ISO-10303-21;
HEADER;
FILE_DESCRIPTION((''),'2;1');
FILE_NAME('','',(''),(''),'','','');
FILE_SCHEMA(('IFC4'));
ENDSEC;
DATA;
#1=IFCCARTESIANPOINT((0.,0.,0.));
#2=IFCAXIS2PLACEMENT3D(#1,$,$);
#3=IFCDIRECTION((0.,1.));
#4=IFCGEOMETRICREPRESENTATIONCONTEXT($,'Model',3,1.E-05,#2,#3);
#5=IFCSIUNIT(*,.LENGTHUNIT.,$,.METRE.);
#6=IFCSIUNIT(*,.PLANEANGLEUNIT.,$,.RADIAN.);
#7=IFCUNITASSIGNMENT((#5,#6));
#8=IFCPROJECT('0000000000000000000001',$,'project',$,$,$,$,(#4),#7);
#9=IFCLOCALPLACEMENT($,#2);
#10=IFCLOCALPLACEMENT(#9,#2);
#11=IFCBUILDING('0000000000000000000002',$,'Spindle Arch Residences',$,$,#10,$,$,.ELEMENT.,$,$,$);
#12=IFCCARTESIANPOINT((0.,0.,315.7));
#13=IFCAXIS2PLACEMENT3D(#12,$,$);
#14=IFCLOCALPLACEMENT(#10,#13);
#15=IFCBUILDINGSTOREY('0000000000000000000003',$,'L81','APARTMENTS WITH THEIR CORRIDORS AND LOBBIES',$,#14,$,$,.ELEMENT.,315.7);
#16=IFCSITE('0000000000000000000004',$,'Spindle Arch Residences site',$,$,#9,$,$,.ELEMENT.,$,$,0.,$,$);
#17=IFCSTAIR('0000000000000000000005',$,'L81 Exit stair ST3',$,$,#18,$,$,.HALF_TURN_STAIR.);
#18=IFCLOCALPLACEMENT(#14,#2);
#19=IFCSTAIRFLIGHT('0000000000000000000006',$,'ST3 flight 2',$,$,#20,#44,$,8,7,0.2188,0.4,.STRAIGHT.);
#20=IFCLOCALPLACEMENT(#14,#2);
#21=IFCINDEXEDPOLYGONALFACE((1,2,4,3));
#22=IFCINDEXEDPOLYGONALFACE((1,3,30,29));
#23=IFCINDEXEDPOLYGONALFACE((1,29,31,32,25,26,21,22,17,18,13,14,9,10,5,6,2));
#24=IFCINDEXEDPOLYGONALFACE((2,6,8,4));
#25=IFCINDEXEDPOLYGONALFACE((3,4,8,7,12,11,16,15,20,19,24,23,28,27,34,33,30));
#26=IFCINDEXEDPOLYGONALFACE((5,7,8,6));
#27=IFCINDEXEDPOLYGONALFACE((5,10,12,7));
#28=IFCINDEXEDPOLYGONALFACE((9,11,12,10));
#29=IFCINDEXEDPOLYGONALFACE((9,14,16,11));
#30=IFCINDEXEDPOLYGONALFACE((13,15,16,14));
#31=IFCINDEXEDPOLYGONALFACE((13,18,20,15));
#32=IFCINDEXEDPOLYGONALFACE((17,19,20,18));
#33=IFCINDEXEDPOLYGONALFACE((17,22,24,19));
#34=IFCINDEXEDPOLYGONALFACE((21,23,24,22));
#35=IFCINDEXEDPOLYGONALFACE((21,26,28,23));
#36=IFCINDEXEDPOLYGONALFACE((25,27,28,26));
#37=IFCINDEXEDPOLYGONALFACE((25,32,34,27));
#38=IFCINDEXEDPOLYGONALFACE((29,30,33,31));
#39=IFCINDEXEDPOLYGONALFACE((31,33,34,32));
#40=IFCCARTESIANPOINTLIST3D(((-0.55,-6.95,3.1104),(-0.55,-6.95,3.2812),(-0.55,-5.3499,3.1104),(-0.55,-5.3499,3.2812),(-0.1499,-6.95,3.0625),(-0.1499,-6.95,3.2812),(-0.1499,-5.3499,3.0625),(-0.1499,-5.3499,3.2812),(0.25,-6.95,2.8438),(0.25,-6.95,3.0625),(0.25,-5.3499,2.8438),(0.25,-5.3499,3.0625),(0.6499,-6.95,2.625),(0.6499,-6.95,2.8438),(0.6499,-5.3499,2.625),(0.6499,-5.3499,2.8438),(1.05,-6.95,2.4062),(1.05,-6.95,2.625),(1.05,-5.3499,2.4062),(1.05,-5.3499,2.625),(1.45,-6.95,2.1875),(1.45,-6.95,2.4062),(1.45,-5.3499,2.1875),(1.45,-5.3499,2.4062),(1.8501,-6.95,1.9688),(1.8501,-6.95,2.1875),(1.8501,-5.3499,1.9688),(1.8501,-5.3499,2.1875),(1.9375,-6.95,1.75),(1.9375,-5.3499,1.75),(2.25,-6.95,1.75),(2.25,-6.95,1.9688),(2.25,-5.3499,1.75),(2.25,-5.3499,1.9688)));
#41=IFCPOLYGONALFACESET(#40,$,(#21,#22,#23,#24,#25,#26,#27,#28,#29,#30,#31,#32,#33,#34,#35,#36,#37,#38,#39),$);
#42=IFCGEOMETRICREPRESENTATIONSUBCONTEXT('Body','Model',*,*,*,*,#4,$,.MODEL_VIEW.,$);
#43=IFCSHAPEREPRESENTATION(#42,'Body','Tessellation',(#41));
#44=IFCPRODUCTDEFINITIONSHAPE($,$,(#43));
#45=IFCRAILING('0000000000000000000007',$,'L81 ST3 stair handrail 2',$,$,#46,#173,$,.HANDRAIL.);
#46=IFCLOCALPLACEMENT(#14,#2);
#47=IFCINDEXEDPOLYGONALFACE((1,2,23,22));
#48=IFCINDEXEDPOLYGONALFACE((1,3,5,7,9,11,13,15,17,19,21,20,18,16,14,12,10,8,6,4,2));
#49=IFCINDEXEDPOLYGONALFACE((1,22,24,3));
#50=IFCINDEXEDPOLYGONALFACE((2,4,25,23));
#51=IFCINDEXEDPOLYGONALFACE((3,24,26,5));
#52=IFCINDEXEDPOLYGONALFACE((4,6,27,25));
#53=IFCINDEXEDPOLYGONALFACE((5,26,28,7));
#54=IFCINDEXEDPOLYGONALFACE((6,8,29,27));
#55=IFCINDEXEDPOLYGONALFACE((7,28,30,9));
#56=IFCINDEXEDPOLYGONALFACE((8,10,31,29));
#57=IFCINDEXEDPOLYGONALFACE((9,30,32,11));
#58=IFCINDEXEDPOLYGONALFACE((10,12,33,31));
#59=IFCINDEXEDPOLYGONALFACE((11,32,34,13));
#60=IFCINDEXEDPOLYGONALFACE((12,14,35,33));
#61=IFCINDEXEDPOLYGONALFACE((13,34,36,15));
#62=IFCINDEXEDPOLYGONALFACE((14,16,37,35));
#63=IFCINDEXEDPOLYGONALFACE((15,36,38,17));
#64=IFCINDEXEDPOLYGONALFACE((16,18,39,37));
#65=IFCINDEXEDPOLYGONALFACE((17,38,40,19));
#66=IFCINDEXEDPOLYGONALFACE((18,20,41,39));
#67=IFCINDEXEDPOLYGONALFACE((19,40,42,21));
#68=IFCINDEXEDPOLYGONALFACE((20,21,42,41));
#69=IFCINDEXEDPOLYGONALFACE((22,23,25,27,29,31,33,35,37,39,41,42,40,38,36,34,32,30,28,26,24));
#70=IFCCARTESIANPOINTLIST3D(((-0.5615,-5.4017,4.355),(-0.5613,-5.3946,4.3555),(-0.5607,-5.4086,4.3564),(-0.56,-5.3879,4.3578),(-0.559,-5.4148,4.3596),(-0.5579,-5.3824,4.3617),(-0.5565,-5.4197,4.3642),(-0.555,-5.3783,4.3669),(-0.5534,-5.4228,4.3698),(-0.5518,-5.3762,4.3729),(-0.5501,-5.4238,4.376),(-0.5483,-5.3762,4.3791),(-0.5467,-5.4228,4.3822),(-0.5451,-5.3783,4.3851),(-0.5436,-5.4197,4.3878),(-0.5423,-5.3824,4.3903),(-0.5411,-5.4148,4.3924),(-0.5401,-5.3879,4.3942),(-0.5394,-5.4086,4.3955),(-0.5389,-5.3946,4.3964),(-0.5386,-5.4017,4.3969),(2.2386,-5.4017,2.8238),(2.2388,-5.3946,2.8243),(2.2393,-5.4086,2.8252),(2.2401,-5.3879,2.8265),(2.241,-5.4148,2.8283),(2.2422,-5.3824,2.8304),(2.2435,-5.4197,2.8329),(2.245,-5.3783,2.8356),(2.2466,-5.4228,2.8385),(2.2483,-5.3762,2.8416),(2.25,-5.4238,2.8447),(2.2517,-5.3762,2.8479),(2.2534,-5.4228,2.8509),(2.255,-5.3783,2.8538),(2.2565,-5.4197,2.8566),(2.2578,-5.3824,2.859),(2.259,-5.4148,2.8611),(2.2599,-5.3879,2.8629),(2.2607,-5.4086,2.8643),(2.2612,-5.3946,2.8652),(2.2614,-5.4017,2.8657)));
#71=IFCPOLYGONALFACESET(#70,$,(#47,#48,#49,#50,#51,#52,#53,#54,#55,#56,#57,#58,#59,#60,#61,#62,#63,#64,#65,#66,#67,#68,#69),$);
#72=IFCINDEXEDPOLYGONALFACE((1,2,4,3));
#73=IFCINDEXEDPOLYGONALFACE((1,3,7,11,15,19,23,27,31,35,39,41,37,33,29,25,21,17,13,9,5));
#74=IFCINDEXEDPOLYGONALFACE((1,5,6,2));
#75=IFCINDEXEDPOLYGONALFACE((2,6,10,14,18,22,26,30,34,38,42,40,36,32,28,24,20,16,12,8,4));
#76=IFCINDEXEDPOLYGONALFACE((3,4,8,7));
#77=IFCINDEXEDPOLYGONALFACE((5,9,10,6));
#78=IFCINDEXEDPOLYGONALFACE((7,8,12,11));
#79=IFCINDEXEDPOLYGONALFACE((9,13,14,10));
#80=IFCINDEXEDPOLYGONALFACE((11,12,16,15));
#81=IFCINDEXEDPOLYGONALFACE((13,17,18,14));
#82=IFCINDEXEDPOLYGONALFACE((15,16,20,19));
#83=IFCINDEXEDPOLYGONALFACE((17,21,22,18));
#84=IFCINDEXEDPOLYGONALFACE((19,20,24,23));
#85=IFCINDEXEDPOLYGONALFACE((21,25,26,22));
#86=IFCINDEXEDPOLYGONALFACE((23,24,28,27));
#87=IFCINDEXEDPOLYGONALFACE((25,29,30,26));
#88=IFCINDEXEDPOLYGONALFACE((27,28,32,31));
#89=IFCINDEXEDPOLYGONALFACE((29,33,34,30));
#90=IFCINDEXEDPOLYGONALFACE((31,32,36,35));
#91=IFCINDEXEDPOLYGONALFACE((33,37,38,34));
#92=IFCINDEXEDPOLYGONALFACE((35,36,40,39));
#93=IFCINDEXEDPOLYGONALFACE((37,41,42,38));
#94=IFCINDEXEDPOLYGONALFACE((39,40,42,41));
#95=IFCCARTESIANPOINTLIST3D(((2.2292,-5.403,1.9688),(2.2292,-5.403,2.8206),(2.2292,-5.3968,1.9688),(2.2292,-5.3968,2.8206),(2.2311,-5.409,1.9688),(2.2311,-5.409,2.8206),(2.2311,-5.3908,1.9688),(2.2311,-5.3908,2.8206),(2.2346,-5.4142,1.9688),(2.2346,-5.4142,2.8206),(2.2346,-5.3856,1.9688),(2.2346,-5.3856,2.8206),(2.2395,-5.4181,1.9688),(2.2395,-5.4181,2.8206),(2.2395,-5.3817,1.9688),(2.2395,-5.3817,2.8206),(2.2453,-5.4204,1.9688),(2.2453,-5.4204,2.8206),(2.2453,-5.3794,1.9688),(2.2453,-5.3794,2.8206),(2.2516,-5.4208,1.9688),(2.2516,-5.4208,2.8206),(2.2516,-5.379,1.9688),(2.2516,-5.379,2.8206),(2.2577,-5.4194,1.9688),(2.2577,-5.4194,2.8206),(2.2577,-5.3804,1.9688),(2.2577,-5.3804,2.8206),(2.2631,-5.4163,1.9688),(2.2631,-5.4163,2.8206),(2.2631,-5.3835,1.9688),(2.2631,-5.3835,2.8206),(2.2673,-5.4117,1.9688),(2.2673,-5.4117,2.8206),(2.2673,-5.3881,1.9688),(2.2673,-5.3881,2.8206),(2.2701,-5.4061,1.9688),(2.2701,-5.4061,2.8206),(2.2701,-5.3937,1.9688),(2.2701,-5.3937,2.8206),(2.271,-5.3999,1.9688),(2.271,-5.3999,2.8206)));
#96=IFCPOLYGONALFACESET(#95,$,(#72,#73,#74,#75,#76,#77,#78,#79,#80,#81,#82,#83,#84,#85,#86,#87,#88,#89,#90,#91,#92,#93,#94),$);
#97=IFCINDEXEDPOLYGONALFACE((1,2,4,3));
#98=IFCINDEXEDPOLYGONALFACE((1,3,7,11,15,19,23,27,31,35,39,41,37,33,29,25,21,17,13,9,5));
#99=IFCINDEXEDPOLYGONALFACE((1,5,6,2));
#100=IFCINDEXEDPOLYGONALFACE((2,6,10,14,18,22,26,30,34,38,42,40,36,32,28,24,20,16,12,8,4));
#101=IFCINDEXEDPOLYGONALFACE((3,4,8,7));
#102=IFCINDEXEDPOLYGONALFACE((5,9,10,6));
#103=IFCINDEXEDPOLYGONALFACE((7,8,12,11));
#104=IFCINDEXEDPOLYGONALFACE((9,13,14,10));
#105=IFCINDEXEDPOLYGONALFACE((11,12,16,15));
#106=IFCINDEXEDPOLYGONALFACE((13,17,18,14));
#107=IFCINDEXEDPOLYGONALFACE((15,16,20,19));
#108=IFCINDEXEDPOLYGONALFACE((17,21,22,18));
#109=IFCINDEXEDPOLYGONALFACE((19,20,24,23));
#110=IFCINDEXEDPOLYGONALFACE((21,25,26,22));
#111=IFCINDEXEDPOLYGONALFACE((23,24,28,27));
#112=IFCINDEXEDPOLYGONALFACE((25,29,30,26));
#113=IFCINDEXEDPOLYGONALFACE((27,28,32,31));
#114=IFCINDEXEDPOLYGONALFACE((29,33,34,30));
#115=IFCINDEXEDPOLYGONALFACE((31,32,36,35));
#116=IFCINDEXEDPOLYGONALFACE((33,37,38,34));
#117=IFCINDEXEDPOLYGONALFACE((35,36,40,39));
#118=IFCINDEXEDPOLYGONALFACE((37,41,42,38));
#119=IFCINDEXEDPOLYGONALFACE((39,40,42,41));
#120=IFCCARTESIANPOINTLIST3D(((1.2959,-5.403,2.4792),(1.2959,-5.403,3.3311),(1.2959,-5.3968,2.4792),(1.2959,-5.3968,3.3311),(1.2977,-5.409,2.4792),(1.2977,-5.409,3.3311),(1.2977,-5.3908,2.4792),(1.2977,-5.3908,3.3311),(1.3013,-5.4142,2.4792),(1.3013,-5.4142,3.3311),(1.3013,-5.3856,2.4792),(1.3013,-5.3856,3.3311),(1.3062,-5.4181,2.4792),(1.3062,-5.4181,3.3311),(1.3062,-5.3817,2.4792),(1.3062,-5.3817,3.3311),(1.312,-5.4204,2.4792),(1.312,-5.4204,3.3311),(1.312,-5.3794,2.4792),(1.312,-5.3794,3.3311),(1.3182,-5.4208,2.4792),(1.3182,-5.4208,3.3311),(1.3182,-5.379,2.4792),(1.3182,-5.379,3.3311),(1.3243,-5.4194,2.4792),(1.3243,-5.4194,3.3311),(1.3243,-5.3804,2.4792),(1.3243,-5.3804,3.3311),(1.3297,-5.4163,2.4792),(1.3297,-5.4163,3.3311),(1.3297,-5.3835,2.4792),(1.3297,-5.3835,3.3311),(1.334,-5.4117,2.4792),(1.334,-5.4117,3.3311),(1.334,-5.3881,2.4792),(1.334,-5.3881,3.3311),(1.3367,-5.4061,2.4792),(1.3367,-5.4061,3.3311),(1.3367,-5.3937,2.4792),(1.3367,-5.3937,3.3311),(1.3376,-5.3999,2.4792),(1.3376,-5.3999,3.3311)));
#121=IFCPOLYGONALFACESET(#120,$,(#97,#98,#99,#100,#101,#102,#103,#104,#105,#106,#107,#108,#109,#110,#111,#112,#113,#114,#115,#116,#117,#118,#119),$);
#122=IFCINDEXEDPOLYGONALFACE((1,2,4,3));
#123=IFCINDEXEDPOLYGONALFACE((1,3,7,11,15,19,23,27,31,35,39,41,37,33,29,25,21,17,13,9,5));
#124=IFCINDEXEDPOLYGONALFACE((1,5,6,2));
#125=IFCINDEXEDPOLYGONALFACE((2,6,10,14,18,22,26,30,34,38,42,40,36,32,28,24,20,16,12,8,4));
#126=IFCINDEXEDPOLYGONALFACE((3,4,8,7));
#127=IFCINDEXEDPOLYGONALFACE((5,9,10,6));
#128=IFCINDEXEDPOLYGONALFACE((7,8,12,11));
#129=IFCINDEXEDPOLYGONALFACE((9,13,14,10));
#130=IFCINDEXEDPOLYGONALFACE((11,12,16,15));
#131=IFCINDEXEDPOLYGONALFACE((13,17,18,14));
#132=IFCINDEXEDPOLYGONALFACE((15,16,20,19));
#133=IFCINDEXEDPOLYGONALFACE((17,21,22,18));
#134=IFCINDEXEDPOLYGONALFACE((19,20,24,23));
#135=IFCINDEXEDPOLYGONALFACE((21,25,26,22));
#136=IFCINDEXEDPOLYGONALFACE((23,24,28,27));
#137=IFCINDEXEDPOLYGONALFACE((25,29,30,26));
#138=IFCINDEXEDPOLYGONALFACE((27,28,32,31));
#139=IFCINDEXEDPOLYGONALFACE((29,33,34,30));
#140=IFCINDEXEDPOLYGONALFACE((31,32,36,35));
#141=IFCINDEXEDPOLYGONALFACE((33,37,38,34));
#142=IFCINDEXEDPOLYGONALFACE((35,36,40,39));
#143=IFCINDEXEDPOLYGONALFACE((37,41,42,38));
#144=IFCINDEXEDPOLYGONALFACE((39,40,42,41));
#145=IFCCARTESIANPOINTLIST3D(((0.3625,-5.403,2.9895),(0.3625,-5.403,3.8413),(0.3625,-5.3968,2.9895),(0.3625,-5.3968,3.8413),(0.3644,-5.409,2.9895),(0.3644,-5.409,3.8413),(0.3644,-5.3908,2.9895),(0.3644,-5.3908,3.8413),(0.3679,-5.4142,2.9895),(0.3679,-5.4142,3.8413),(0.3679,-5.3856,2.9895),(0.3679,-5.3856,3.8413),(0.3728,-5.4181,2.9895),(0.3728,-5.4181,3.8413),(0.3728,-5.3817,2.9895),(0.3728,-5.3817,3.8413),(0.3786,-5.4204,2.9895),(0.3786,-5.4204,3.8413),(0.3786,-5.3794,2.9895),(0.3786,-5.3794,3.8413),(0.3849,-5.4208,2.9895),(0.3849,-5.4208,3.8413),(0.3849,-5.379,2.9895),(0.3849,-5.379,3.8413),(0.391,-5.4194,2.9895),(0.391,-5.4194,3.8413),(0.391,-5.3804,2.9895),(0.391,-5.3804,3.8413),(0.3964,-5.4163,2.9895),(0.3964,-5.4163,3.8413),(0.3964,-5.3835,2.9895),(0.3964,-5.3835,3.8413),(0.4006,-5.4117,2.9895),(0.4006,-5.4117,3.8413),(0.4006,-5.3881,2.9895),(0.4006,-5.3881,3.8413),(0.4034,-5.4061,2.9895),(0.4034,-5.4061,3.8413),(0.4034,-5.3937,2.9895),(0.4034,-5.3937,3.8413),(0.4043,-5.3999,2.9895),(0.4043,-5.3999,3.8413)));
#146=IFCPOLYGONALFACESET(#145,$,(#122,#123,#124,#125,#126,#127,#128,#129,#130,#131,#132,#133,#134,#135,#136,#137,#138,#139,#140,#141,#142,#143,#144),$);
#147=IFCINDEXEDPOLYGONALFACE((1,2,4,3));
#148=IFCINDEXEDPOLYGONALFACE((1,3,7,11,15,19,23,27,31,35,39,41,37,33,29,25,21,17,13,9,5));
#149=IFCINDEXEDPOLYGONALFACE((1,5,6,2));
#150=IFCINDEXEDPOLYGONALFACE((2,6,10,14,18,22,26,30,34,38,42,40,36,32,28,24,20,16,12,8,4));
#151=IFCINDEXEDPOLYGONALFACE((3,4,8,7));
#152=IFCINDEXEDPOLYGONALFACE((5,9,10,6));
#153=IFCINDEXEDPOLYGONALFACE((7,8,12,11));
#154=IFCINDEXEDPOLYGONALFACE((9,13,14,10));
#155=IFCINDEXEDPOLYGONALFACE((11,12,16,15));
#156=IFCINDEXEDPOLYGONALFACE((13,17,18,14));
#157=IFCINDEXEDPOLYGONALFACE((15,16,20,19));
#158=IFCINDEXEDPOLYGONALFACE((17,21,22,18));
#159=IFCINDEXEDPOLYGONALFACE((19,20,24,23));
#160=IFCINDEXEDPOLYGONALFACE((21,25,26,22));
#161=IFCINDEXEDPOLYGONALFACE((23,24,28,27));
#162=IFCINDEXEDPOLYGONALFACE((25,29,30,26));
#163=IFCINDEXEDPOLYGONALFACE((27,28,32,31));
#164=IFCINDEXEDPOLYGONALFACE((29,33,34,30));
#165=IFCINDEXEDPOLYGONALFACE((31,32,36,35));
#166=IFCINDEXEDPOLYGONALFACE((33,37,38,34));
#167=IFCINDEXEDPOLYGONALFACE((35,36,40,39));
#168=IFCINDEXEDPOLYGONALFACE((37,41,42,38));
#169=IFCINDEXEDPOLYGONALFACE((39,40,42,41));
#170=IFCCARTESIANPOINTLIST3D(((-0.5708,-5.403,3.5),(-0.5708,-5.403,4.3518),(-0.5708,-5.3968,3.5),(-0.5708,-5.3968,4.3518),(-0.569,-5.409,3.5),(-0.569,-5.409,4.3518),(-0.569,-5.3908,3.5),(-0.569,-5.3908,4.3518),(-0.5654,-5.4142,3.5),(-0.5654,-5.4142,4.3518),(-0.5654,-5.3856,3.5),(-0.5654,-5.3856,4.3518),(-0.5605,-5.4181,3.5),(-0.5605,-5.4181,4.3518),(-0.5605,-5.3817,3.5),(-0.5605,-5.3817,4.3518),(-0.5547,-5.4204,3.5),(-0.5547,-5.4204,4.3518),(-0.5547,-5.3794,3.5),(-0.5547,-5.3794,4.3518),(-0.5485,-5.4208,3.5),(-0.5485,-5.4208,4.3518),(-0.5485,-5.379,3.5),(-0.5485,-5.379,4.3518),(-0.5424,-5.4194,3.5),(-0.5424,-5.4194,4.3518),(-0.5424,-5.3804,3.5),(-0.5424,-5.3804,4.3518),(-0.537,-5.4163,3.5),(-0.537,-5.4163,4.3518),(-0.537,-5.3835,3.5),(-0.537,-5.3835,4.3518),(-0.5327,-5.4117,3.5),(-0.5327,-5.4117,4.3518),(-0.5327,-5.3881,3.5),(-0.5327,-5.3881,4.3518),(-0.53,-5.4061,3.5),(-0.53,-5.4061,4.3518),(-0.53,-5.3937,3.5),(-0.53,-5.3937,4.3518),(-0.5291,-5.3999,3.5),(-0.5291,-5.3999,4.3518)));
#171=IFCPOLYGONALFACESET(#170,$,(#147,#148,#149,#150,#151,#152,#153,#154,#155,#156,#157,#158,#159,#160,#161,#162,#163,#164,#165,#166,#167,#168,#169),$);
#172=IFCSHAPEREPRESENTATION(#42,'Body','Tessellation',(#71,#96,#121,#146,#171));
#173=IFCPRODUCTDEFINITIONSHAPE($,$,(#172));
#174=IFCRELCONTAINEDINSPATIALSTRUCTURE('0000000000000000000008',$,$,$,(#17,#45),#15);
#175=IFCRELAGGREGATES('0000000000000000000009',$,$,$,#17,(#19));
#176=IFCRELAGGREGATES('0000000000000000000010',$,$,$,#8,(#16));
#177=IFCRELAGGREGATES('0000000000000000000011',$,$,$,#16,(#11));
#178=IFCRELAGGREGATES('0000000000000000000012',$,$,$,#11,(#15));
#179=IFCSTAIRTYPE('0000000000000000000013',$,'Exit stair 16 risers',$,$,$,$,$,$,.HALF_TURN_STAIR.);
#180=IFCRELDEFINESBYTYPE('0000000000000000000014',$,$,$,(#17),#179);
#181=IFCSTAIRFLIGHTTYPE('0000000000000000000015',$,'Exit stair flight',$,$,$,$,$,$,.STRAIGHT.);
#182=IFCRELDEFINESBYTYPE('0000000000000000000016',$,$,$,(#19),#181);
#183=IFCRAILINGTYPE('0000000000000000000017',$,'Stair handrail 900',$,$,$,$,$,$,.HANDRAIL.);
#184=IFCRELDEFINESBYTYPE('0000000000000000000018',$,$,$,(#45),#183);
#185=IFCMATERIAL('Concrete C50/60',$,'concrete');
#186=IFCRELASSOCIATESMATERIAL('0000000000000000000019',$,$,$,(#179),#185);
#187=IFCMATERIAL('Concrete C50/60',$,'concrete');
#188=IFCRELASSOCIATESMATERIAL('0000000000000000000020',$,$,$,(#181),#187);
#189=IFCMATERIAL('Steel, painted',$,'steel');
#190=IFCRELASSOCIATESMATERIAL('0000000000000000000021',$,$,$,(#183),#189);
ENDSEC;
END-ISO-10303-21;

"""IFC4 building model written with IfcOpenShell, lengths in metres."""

from ifc_helpers import new_model, si_unit, direction, frame, origin, origin_2d, place, context, subcontext, project, spatial, polyline, circle, outline, extrude, material, type_object, element, aggregate, save


model = new_model("IFC4")

# Units and contexts
model_context = context("Model", 3, precision=1e-05, world=origin(), true_north=direction((0.0, 1.0)))
body_context = subcontext(model_context, "Body", "Model", "MODEL_VIEW")
ifc_project = project(units=[si_unit("LENGTHUNIT", "METRE"), si_unit("PLANEANGLEUNIT", "RADIAN")], contexts=[model_context])

# Site, building, storey
site_placement = place(None, origin())
site = spatial("IfcSite", under=ifc_project, at=site_placement, Name="Spindle Arch Residences site", CompositionType="ELEMENT", RefElevation=0.0)
building_placement = place(site_placement, origin())
building = spatial("IfcBuilding", under=site, at=building_placement, Name="Spindle Arch Residences", CompositionType="ELEMENT")
storey_placement = place(building_placement, frame((0.0, 0.0, 315.7)))
storey = spatial("IfcBuildingStorey", under=building, at=storey_placement, Name="L81", Description="APARTMENTS WITH THEIR CORRIDORS AND LOBBIES", CompositionType="ELEMENT", Elevation=315.7)

# Stair
ifc_material_1 = material(Name="Concrete C50/60", Category="concrete")
stair_type = type_object("IfcStairType", Name="Exit stair 16 risers", PredefinedType="HALF_TURN_STAIR", material=ifc_material_1)
stair_1_placement = place(storey_placement, origin())
stair_1 = element("IfcStair", 1, at=stair_1_placement, inside=storey, type_object=stair_type, Name="L81 Exit stair ST3", PredefinedType="HALF_TURN_STAIR")

# Stair flight
ifc_material_2 = material(Name="Concrete C50/60", Category="concrete")
stair_flight_type = type_object("IfcStairFlightType", Name="Exit stair flight", PredefinedType="STRAIGHT", material=ifc_material_2)
stair_flight_placement = place(storey_placement, frame((2.25, -6.1499, 1.75), z_axis=(0.0, 0.0, 1.0), x_axis=(-1.0, 0.0, 0.0)))
stair_flight = element("IfcStairFlight", 2, at=stair_flight_placement, type_object=stair_flight_type, Name="ST3 flight 2", NumberOfRisers=8, NumberOfTreads=7, PredefinedType="STRAIGHT", RiserHeight=0.2188, TreadLength=0.4, context=body_context, shape_type="SweptSolid", body=[
    extrude(outline(polyline([(0.0, 0.0), (0.0, 0.2188), (0.3999, 0.2188), (0.3999, 0.4375), (0.8, 0.4375), (0.8, 0.6562), (1.2, 0.6562), (1.2, 0.875), (1.6001, 0.875), (1.6001, 1.0938), (2.0, 1.0938), (2.0, 1.3125), (2.3999, 1.3125), (2.3999, 1.5312), (2.8, 1.5312), (2.8, 1.75), (2.8, 1.3604), (0.3125, 0.0), (0.0, 0.0)])), frame((0.0, 0.8, 0.0), z_axis=(0.0, -1.0, 0.0), x_axis=(1.0, 0.0, 0.0)), (0.0, 0.0, 1.0), 1.6001),
])
aggregate(stair_1, [stair_flight])

# Railing
ifc_material_3 = material(Name="Steel, painted", Category="steel")
railing_type = type_object("IfcRailingType", Name="Stair handrail 900", PredefinedType="HANDRAIL", material=ifc_material_3)
railing_placement = place(storey_placement, frame((2.25, -5.3999, 1.9688)))
element("IfcRailing", 3, at=railing_placement, inside=storey, type_object=railing_type, Name="L81 ST3 stair handrail 2", PredefinedType="HANDRAIL", context=body_context, shape_type="SweptSolid", body=[
    extrude(circle(Radius=0.0239, at=origin_2d()), frame((0.0, 0.0, 0.876), z_axis=(-0.877375, 0.0, 0.479806), x_axis=(0.0, -1.0, 0.0)), (0.0, 0.0, 1.0), 3.1914),
    extrude(circle(Radius=0.021, at=origin_2d()), origin(), (0.0, 0.0, 1.0), 0.8518),
    extrude(circle(Radius=0.021, at=origin_2d()), frame((-0.9333, 0.0, 0.5105)), (0.0, 0.0, 1.0), 0.8518),
    extrude(circle(Radius=0.021, at=origin_2d()), frame((-1.8667, 0.0, 1.0208)), (0.0, 0.0, 1.0), 0.8518),
    extrude(circle(Radius=0.021, at=origin_2d()), frame((-2.8, 0.0, 1.5312)), (0.0, 0.0, 1.0), 0.8518),
])

save(model, "model.ifc")
